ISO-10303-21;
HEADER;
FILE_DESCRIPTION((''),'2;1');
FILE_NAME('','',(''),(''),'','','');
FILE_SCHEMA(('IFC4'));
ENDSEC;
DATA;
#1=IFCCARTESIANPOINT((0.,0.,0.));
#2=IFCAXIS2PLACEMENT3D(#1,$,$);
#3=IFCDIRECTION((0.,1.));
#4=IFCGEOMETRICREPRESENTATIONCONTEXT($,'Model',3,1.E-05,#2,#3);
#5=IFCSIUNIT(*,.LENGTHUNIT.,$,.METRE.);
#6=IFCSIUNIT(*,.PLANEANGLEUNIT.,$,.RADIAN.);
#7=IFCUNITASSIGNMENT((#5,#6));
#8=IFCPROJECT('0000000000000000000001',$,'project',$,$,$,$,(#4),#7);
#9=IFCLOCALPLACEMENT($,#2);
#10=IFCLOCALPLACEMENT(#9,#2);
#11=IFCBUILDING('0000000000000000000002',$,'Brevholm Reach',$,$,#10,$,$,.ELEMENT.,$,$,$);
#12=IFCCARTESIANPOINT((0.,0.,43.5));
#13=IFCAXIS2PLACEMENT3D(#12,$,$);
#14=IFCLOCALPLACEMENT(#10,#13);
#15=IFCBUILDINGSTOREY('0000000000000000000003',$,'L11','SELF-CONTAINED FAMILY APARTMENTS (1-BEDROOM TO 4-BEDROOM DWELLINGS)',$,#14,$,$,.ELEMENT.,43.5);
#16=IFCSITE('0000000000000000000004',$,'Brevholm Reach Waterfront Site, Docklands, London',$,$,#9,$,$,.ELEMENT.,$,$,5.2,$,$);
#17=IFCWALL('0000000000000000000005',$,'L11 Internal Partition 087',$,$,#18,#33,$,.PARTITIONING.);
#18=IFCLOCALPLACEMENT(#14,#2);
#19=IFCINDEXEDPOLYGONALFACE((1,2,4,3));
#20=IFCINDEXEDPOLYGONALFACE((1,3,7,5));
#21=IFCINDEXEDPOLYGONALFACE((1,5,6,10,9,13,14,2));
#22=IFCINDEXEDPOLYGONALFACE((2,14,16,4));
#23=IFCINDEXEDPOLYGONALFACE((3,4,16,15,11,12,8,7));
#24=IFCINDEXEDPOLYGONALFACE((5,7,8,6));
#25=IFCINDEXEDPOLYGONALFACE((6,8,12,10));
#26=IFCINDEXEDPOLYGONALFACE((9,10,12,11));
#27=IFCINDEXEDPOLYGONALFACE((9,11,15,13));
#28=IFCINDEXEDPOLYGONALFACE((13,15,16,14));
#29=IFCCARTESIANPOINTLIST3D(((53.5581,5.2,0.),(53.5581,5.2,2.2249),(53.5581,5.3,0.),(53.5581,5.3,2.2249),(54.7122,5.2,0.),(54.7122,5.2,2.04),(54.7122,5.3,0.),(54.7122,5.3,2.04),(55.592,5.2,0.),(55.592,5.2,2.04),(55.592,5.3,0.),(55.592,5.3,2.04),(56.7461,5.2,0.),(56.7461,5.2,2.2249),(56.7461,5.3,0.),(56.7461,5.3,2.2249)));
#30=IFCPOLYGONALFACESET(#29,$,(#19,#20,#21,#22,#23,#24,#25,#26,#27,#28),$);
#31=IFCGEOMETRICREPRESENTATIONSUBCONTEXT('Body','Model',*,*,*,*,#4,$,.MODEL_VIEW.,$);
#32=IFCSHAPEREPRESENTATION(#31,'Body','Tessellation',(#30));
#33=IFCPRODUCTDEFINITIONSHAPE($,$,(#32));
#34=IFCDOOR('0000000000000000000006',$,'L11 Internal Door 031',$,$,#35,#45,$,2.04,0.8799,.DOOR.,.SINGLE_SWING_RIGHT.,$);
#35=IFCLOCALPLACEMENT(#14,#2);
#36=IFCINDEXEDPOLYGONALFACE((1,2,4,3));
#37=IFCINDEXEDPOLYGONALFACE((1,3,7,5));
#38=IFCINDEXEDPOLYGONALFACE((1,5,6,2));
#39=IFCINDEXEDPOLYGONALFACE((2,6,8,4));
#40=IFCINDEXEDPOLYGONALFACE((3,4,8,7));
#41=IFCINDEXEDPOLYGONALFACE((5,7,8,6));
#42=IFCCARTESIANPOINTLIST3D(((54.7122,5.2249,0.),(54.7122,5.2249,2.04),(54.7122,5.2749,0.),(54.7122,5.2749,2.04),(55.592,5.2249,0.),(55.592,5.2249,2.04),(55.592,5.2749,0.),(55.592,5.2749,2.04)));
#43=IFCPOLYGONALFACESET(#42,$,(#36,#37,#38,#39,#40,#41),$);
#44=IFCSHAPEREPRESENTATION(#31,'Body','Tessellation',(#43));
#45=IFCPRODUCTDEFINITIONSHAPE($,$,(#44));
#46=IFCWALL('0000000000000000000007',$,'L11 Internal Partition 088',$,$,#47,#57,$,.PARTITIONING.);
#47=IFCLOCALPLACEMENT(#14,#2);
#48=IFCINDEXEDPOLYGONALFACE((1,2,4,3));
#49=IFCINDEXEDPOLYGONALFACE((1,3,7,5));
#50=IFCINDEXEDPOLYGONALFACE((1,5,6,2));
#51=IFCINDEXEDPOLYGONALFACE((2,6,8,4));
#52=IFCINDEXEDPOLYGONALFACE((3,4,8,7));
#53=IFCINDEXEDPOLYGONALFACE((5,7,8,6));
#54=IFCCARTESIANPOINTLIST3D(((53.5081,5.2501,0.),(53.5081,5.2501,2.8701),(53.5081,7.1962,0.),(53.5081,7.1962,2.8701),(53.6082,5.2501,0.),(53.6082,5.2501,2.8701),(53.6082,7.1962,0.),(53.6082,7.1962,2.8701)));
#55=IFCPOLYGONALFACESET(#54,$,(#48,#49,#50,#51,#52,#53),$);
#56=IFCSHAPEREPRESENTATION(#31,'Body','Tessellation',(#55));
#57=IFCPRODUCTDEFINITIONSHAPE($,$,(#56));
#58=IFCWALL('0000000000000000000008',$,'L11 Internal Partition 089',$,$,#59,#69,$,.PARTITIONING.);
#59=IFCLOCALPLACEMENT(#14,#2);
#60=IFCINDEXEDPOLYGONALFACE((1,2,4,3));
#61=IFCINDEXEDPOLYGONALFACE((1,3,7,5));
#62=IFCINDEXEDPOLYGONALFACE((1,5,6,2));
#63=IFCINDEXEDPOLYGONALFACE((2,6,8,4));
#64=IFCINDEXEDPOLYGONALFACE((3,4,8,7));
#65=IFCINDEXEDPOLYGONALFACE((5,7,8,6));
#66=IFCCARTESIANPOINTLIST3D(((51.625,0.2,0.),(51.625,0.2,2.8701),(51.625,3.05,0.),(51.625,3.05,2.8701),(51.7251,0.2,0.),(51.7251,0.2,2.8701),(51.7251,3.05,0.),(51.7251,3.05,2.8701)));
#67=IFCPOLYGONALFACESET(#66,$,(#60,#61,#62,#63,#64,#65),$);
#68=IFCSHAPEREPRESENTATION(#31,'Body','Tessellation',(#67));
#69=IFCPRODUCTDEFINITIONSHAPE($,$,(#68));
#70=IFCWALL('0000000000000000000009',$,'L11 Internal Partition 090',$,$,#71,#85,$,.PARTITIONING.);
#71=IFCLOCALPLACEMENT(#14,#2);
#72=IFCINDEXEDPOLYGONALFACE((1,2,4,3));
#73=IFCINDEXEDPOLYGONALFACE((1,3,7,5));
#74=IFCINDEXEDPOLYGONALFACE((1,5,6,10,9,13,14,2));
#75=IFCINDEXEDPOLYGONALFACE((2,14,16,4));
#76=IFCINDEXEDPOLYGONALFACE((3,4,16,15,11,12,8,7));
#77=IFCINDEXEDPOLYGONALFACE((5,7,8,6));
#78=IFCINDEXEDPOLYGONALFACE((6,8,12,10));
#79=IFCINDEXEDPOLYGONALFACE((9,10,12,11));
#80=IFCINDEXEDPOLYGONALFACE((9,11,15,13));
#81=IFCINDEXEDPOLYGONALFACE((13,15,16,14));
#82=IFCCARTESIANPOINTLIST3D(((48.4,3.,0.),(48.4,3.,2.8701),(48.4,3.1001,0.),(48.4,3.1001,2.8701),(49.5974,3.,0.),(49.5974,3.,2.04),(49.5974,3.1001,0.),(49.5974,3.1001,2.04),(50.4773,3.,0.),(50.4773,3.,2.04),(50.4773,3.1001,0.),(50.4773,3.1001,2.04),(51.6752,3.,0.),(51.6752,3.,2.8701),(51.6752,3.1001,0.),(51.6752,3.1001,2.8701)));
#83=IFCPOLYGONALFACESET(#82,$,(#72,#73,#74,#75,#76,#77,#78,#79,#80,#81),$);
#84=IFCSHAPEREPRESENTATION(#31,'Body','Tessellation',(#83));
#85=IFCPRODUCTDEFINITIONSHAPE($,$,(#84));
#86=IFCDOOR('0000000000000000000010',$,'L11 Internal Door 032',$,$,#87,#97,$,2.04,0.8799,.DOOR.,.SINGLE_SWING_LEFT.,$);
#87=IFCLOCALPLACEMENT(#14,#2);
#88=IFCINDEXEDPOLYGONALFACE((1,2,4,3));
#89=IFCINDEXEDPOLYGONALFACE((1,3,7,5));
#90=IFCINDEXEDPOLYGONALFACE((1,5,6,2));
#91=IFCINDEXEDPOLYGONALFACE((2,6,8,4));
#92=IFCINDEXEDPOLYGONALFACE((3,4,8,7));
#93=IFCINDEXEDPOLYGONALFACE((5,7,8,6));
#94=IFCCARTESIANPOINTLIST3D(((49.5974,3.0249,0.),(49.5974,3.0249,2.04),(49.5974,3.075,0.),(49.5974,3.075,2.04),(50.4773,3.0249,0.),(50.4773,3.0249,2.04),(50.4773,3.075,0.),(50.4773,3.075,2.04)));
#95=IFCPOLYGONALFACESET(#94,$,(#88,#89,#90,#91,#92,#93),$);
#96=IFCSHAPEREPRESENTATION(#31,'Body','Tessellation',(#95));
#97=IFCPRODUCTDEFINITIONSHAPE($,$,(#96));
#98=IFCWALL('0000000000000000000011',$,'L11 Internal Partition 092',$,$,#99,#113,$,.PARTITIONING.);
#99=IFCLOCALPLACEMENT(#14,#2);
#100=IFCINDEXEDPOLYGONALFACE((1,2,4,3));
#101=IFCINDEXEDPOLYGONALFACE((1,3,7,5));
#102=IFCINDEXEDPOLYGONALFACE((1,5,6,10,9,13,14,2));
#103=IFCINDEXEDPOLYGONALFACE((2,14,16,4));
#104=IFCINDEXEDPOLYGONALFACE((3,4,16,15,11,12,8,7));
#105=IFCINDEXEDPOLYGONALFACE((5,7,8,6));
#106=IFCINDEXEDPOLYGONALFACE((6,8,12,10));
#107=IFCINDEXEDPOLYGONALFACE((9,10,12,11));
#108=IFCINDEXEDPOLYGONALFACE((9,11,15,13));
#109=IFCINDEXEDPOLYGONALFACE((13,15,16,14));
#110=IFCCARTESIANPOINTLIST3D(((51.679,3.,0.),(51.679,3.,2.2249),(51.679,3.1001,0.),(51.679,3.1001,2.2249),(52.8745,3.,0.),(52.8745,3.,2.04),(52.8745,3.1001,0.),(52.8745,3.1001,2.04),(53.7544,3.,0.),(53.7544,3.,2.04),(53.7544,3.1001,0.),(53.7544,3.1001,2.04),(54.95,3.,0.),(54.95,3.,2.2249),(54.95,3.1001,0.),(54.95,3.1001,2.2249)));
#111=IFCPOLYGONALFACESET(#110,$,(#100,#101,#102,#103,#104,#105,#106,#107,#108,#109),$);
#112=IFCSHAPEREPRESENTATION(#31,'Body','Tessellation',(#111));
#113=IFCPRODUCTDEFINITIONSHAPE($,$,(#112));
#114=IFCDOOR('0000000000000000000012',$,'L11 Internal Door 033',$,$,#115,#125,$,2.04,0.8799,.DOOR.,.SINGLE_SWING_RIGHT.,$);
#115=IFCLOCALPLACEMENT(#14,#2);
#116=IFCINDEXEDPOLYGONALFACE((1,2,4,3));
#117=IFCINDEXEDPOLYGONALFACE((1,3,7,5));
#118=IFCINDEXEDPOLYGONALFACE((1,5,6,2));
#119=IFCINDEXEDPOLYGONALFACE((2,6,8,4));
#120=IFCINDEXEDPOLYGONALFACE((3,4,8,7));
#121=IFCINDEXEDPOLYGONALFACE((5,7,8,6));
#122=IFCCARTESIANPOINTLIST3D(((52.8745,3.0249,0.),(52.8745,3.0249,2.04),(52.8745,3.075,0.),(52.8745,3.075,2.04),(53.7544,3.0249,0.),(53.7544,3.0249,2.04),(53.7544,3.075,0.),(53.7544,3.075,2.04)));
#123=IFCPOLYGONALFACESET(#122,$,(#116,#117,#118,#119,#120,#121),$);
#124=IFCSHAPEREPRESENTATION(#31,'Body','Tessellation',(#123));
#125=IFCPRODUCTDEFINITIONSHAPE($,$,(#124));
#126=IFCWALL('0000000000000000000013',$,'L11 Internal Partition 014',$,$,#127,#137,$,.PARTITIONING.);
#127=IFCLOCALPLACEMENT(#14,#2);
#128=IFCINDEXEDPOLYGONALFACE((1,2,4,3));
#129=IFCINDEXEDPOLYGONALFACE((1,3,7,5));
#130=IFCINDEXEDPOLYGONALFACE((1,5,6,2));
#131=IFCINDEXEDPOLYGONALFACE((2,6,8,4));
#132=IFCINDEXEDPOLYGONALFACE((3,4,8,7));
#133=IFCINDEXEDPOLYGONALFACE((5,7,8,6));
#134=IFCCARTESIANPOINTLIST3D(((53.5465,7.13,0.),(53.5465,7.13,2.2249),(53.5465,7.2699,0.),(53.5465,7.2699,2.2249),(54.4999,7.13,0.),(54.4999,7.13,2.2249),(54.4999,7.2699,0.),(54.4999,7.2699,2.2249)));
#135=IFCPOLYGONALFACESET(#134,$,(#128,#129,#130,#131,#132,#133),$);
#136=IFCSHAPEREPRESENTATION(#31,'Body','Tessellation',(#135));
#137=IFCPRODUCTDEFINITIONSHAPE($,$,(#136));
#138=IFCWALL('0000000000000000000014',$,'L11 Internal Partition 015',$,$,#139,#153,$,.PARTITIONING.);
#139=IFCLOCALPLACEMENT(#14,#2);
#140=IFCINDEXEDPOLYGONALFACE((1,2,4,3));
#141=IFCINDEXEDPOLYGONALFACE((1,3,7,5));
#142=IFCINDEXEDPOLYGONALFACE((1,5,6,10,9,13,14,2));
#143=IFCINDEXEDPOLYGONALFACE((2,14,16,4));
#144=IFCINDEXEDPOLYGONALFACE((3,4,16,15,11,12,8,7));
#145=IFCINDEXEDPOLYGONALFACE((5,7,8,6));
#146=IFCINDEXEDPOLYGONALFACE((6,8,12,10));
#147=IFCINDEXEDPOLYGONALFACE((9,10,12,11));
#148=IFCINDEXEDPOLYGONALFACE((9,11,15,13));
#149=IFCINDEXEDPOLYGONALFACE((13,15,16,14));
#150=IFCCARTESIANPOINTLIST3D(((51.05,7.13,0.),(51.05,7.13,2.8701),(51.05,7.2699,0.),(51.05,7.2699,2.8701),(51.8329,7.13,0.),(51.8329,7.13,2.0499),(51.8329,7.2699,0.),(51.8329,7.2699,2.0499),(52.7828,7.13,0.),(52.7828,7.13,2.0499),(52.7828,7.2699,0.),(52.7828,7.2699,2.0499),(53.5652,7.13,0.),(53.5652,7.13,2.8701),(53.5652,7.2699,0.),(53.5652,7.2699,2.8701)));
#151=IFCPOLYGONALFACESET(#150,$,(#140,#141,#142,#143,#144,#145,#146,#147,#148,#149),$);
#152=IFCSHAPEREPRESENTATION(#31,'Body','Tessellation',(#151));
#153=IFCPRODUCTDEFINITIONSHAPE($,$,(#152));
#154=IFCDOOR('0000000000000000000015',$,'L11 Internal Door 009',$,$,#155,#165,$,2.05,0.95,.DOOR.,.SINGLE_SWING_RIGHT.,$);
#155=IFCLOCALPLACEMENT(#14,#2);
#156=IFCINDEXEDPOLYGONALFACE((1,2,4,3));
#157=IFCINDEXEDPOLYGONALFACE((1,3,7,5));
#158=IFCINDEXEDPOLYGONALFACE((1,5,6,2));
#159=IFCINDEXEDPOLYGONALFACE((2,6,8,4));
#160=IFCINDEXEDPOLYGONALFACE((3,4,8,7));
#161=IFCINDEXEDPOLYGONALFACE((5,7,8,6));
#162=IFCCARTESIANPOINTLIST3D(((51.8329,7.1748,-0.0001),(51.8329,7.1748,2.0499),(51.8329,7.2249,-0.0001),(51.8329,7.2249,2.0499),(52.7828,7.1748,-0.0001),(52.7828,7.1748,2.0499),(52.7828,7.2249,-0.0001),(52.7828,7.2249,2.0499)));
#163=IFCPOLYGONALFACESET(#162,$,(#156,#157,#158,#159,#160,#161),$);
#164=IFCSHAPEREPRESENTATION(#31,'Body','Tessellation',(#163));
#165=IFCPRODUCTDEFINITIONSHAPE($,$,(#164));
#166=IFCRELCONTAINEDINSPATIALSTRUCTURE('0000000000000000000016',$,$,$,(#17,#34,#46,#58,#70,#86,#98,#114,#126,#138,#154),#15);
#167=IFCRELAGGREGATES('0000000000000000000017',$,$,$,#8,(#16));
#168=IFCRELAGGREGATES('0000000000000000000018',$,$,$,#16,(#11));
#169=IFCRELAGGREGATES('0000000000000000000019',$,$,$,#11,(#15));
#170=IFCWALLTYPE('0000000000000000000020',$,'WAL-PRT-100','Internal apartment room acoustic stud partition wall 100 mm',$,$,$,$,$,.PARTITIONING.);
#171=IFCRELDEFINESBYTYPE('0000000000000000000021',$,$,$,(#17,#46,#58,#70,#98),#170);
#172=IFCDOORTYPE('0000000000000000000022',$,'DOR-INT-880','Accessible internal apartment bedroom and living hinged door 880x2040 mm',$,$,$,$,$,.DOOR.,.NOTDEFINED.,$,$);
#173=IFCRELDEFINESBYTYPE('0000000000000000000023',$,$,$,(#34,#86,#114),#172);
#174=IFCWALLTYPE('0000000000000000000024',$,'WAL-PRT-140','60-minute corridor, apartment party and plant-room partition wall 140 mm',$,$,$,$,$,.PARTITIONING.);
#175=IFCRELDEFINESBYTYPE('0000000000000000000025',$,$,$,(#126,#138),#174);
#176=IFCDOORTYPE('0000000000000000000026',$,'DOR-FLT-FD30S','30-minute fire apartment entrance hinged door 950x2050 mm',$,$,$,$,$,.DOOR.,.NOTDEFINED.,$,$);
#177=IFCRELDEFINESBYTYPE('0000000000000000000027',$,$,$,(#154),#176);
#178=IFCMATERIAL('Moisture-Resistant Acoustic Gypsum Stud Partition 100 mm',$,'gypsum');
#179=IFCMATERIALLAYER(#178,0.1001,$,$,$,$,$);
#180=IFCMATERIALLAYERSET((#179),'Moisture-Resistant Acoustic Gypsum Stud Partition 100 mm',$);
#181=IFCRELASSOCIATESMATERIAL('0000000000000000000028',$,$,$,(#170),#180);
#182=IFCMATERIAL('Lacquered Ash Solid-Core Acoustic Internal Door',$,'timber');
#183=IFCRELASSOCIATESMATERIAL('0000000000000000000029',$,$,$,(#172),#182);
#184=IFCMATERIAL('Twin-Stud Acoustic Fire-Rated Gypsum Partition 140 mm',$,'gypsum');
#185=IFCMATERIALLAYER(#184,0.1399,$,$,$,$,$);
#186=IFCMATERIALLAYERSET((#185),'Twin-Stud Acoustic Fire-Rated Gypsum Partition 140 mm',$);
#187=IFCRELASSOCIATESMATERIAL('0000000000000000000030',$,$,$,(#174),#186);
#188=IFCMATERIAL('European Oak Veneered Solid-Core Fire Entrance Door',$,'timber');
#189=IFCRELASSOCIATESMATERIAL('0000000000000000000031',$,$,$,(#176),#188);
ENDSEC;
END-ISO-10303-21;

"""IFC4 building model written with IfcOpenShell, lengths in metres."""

from ifc_helpers import new_model, si_unit, direction, frame, frame_2d, origin, place, context, subcontext, project, spatial, rectangle, extrude, material, layer, layer_set, type_object, element, fill, save


model = new_model("IFC4")

# Units and contexts
model_context = context("Model", 3, precision=1e-05, world=origin(), true_north=direction((0.0, 1.0)))
body_context = subcontext(model_context, "Body", "Model", "MODEL_VIEW")
ifc_project = project(units=[si_unit("LENGTHUNIT", "METRE"), si_unit("PLANEANGLEUNIT", "RADIAN")], contexts=[model_context])

# Site, building, storey
site_placement = place(None, origin())
site = spatial("IfcSite", under=ifc_project, at=site_placement, Name="Brevholm Reach Waterfront Site, Docklands, London", CompositionType="ELEMENT", RefElevation=5.2)
building_placement = place(site_placement, origin())
building = spatial("IfcBuilding", under=site, at=building_placement, Name="Brevholm Reach", CompositionType="ELEMENT")
storey_placement = place(building_placement, frame((0.0, 0.0, 43.5)))
storey = spatial("IfcBuildingStorey", under=building, at=storey_placement, Name="L11", Description="SELF-CONTAINED FAMILY APARTMENTS (1-BEDROOM TO 4-BEDROOM DWELLINGS)", CompositionType="ELEMENT", Elevation=43.5)

# Wall, opening, door
ifc_material_1 = material(Name="Moisture-Resistant Acoustic Gypsum Stud Partition 100 mm", Category="gypsum")
ifc_layer_1 = layer(ifc_material_1, 0.1001)
ifc_layer_set_1 = layer_set([ifc_layer_1], Name="Moisture-Resistant Acoustic Gypsum Stud Partition 100 mm")
wall_type_1 = type_object("IfcWallType", Name="WAL-PRT-100", Description="Internal apartment room acoustic stud partition wall 100 mm", PredefinedType="PARTITIONING", material=ifc_layer_set_1)
wall_1_placement = place(storey_placement, frame((53.5581, 5.25, 0.0), z_axis=(0.0, 0.0, 1.0), x_axis=(1.0, 0.0, 0.0)))
wall_1 = element("IfcWall", 1, at=wall_1_placement, inside=storey, type_object=wall_type_1, Name="L11 Internal Partition 087", PredefinedType="PARTITIONING", context=body_context, shape_type="SweptSolid", body=[
    extrude(rectangle(XDim=3.188, YDim=0.1001, at=frame_2d((1.594, 0.0))), origin(), (0.0, 0.0, 1.0), 2.2249),
])
opening_1_placement = place(wall_1_placement, frame((1.1541, 0.0, 0.0)))
opening_1 = element("IfcOpeningElement", 2, at=opening_1_placement, cuts=wall_1, PredefinedType="OPENING", context=body_context, shape_type="SweptSolid", body=[
    extrude(rectangle(XDim=0.8799, YDim=2.04, at=frame_2d((0.4399, 1.02))), frame((0.0, 0.0601, 0.0), z_axis=(0.0, -1.0, 0.0), x_axis=(1.0, 0.0, 0.0)), (0.0, 0.0, 1.0), 0.1201),
])
ifc_material_2 = material(Name="Lacquered Ash Solid-Core Acoustic Internal Door", Category="timber")
door_type_1 = type_object("IfcDoorType", Name="DOR-INT-880", Description="Accessible internal apartment bedroom and living hinged door 880x2040 mm", OperationType="NOTDEFINED", PredefinedType="DOOR", material=ifc_material_2)
door_1_placement = place(opening_1_placement, origin())
door_1 = element("IfcDoor", 3, at=door_1_placement, inside=storey, type_object=door_type_1, Name="L11 Internal Door 031", OperationType="SINGLE_SWING_RIGHT", OverallHeight=2.04, OverallWidth=0.8799, PredefinedType="DOOR", context=body_context, shape_type="SweptSolid", body=[
    extrude(rectangle(XDim=0.8799, YDim=2.04, at=frame_2d((0.4399, 1.02))), frame((0.0, 0.0249, 0.0), z_axis=(0.0, -1.0, 0.0), x_axis=(1.0, 0.0, 0.0)), (0.0, 0.0, 1.0), 0.05),
])
fill(opening_1, door_1)

# Walls
wall_2_placement = place(storey_placement, frame((53.5581, 5.25, 0.0), z_axis=(0.0, 0.0, 1.0), x_axis=(0.0, 1.0, 0.0)))
element("IfcWall", 4, at=wall_2_placement, inside=storey, type_object=wall_type_1, Name="L11 Internal Partition 088", PredefinedType="PARTITIONING", context=body_context, shape_type="SweptSolid", body=[
    extrude(rectangle(XDim=1.946, YDim=0.1001, at=frame_2d((0.9731, 0.0))), origin(), (0.0, 0.0, 1.0), 2.8701),
])
wall_3_placement = place(storey_placement, frame((51.675, 0.2, 0.0), z_axis=(0.0, 0.0, 1.0), x_axis=(0.0, 1.0, 0.0)))
element("IfcWall", 5, at=wall_3_placement, inside=storey, type_object=wall_type_1, Name="L11 Internal Partition 089", PredefinedType="PARTITIONING", context=body_context, shape_type="SweptSolid", body=[
    extrude(rectangle(XDim=2.8501, YDim=0.1001, at=frame_2d((1.425, 0.0))), origin(), (0.0, 0.0, 1.0), 2.8701),
])

# Walls, openings, doors
wall_4_placement = place(storey_placement, frame((48.3999, 3.05, 0.0), z_axis=(0.0, 0.0, 1.0), x_axis=(1.0, 0.0, 0.0)))
wall_4 = element("IfcWall", 6, at=wall_4_placement, inside=storey, type_object=wall_type_1, Name="L11 Internal Partition 090", PredefinedType="PARTITIONING", context=body_context, shape_type="SweptSolid", body=[
    extrude(rectangle(XDim=3.2751, YDim=0.1001, at=frame_2d((1.6377, 0.0))), origin(), (0.0, 0.0, 1.0), 2.8701),
])
opening_2_placement = place(wall_4_placement, frame((1.1975, 0.0, 0.0)))
opening_2 = element("IfcOpeningElement", 7, at=opening_2_placement, cuts=wall_4, PredefinedType="OPENING", context=body_context, shape_type="SweptSolid", body=[
    extrude(rectangle(XDim=0.8799, YDim=2.04, at=frame_2d((0.4399, 1.02))), frame((0.0, 0.0601, 0.0), z_axis=(0.0, -1.0, 0.0), x_axis=(1.0, 0.0, 0.0)), (0.0, 0.0, 1.0), 0.1201),
])
door_2_placement = place(opening_2_placement, origin())
door_2 = element("IfcDoor", 8, at=door_2_placement, inside=storey, type_object=door_type_1, Name="L11 Internal Door 032", OperationType="SINGLE_SWING_LEFT", OverallHeight=2.04, OverallWidth=0.8799, PredefinedType="DOOR", context=body_context, shape_type="SweptSolid", body=[
    extrude(rectangle(XDim=0.8799, YDim=2.04, at=frame_2d((0.4399, 1.02))), frame((0.0, 0.0249, 0.0), z_axis=(0.0, -1.0, 0.0), x_axis=(1.0, 0.0, 0.0)), (0.0, 0.0, 1.0), 0.05),
])
fill(opening_2, door_2)
wall_5_placement = place(storey_placement, frame((51.679, 3.05, 0.0), z_axis=(0.0, 0.0, 1.0), x_axis=(1.0, 0.0, 0.0)))
wall_5 = element("IfcWall", 9, at=wall_5_placement, inside=storey, type_object=wall_type_1, Name="L11 Internal Partition 092", PredefinedType="PARTITIONING", context=body_context, shape_type="SweptSolid", body=[
    extrude(rectangle(XDim=3.271, YDim=0.1001, at=frame_2d((1.6355, 0.0))), origin(), (0.0, 0.0, 1.0), 2.2249),
])
opening_3_placement = place(wall_5_placement, frame((1.1956, 0.0, 0.0)))
opening_3 = element("IfcOpeningElement", 10, at=opening_3_placement, cuts=wall_5, PredefinedType="OPENING", context=body_context, shape_type="SweptSolid", body=[
    extrude(rectangle(XDim=0.8799, YDim=2.04, at=frame_2d((0.4399, 1.02))), frame((0.0, 0.0601, 0.0), z_axis=(0.0, -1.0, 0.0), x_axis=(1.0, 0.0, 0.0)), (0.0, 0.0, 1.0), 0.1201),
])
door_3_placement = place(opening_3_placement, origin())
door_3 = element("IfcDoor", 11, at=door_3_placement, inside=storey, type_object=door_type_1, Name="L11 Internal Door 033", OperationType="SINGLE_SWING_RIGHT", OverallHeight=2.04, OverallWidth=0.8799, PredefinedType="DOOR", context=body_context, shape_type="SweptSolid", body=[
    extrude(rectangle(XDim=0.8799, YDim=2.04, at=frame_2d((0.4399, 1.02))), frame((0.0, 0.0249, 0.0), z_axis=(0.0, -1.0, 0.0), x_axis=(1.0, 0.0, 0.0)), (0.0, 0.0, 1.0), 0.05),
])
fill(opening_3, door_3)

# Wall
ifc_material_3 = material(Name="Twin-Stud Acoustic Fire-Rated Gypsum Partition 140 mm", Category="gypsum")
ifc_layer_2 = layer(ifc_material_3, 0.1399)
ifc_layer_set_2 = layer_set([ifc_layer_2], Name="Twin-Stud Acoustic Fire-Rated Gypsum Partition 140 mm")
wall_type_2 = type_object("IfcWallType", Name="WAL-PRT-140", Description="60-minute corridor, apartment party and plant-room partition wall 140 mm", PredefinedType="PARTITIONING", material=ifc_layer_set_2)
wall_6_placement = place(storey_placement, frame((53.5466, 7.2, 0.0), z_axis=(0.0, 0.0, 1.0), x_axis=(1.0, 0.0, 0.0)))
element("IfcWall", 12, at=wall_6_placement, inside=storey, type_object=wall_type_2, Name="L11 Internal Partition 014", PredefinedType="PARTITIONING", context=body_context, shape_type="SweptSolid", body=[
    extrude(rectangle(XDim=0.9534, YDim=0.1399, at=frame_2d((0.4766, 0.0))), origin(), (0.0, 0.0, 1.0), 2.2249),
])

# Wall, opening, door
wall_7_placement = place(storey_placement, frame((51.05, 7.2, 0.0), z_axis=(0.0, 0.0, 1.0), x_axis=(1.0, 0.0, 0.0)))
wall_7 = element("IfcWall", 13, at=wall_7_placement, inside=storey, type_object=wall_type_2, Name="L11 Internal Partition 015", PredefinedType="PARTITIONING", context=body_context, shape_type="SweptSolid", body=[
    extrude(rectangle(XDim=2.5151, YDim=0.1399, at=frame_2d((1.2576, 0.0))), origin(), (0.0, 0.0, 1.0), 2.8701),
])
opening_4_placement = place(wall_7_placement, frame((0.7827, 0.0, 0.0)))
opening_4 = element("IfcOpeningElement", 14, at=opening_4_placement, cuts=wall_7, PredefinedType="OPENING", context=body_context, shape_type="SweptSolid", body=[
    extrude(rectangle(XDim=0.95, YDim=2.05, at=frame_2d((0.4751, 1.0249))), frame((0.0, 0.0798, 0.0), z_axis=(0.0, -1.0, 0.0), x_axis=(1.0, 0.0, 0.0)), (0.0, 0.0, 1.0), 0.1599),
])
ifc_material_4 = material(Name="European Oak Veneered Solid-Core Fire Entrance Door", Category="timber")
door_type_2 = type_object("IfcDoorType", Name="DOR-FLT-FD30S", Description="30-minute fire apartment entrance hinged door 950x2050 mm", OperationType="NOTDEFINED", PredefinedType="DOOR", material=ifc_material_4)
door_4_placement = place(opening_4_placement, origin())
door_4 = element("IfcDoor", 15, at=door_4_placement, inside=storey, type_object=door_type_2, Name="L11 Internal Door 009", OperationType="SINGLE_SWING_RIGHT", OverallHeight=2.05, OverallWidth=0.95, PredefinedType="DOOR", context=body_context, shape_type="SweptSolid", body=[
    extrude(rectangle(XDim=0.95, YDim=2.05, at=frame_2d((0.4751, 1.0249))), frame((0.0, 0.0249, 0.0), z_axis=(0.0, -1.0, 0.0), x_axis=(1.0, 0.0, 0.0)), (0.0, 0.0, 1.0), 0.05),
])
fill(opening_4, door_4)

save(model, "model.ifc")
